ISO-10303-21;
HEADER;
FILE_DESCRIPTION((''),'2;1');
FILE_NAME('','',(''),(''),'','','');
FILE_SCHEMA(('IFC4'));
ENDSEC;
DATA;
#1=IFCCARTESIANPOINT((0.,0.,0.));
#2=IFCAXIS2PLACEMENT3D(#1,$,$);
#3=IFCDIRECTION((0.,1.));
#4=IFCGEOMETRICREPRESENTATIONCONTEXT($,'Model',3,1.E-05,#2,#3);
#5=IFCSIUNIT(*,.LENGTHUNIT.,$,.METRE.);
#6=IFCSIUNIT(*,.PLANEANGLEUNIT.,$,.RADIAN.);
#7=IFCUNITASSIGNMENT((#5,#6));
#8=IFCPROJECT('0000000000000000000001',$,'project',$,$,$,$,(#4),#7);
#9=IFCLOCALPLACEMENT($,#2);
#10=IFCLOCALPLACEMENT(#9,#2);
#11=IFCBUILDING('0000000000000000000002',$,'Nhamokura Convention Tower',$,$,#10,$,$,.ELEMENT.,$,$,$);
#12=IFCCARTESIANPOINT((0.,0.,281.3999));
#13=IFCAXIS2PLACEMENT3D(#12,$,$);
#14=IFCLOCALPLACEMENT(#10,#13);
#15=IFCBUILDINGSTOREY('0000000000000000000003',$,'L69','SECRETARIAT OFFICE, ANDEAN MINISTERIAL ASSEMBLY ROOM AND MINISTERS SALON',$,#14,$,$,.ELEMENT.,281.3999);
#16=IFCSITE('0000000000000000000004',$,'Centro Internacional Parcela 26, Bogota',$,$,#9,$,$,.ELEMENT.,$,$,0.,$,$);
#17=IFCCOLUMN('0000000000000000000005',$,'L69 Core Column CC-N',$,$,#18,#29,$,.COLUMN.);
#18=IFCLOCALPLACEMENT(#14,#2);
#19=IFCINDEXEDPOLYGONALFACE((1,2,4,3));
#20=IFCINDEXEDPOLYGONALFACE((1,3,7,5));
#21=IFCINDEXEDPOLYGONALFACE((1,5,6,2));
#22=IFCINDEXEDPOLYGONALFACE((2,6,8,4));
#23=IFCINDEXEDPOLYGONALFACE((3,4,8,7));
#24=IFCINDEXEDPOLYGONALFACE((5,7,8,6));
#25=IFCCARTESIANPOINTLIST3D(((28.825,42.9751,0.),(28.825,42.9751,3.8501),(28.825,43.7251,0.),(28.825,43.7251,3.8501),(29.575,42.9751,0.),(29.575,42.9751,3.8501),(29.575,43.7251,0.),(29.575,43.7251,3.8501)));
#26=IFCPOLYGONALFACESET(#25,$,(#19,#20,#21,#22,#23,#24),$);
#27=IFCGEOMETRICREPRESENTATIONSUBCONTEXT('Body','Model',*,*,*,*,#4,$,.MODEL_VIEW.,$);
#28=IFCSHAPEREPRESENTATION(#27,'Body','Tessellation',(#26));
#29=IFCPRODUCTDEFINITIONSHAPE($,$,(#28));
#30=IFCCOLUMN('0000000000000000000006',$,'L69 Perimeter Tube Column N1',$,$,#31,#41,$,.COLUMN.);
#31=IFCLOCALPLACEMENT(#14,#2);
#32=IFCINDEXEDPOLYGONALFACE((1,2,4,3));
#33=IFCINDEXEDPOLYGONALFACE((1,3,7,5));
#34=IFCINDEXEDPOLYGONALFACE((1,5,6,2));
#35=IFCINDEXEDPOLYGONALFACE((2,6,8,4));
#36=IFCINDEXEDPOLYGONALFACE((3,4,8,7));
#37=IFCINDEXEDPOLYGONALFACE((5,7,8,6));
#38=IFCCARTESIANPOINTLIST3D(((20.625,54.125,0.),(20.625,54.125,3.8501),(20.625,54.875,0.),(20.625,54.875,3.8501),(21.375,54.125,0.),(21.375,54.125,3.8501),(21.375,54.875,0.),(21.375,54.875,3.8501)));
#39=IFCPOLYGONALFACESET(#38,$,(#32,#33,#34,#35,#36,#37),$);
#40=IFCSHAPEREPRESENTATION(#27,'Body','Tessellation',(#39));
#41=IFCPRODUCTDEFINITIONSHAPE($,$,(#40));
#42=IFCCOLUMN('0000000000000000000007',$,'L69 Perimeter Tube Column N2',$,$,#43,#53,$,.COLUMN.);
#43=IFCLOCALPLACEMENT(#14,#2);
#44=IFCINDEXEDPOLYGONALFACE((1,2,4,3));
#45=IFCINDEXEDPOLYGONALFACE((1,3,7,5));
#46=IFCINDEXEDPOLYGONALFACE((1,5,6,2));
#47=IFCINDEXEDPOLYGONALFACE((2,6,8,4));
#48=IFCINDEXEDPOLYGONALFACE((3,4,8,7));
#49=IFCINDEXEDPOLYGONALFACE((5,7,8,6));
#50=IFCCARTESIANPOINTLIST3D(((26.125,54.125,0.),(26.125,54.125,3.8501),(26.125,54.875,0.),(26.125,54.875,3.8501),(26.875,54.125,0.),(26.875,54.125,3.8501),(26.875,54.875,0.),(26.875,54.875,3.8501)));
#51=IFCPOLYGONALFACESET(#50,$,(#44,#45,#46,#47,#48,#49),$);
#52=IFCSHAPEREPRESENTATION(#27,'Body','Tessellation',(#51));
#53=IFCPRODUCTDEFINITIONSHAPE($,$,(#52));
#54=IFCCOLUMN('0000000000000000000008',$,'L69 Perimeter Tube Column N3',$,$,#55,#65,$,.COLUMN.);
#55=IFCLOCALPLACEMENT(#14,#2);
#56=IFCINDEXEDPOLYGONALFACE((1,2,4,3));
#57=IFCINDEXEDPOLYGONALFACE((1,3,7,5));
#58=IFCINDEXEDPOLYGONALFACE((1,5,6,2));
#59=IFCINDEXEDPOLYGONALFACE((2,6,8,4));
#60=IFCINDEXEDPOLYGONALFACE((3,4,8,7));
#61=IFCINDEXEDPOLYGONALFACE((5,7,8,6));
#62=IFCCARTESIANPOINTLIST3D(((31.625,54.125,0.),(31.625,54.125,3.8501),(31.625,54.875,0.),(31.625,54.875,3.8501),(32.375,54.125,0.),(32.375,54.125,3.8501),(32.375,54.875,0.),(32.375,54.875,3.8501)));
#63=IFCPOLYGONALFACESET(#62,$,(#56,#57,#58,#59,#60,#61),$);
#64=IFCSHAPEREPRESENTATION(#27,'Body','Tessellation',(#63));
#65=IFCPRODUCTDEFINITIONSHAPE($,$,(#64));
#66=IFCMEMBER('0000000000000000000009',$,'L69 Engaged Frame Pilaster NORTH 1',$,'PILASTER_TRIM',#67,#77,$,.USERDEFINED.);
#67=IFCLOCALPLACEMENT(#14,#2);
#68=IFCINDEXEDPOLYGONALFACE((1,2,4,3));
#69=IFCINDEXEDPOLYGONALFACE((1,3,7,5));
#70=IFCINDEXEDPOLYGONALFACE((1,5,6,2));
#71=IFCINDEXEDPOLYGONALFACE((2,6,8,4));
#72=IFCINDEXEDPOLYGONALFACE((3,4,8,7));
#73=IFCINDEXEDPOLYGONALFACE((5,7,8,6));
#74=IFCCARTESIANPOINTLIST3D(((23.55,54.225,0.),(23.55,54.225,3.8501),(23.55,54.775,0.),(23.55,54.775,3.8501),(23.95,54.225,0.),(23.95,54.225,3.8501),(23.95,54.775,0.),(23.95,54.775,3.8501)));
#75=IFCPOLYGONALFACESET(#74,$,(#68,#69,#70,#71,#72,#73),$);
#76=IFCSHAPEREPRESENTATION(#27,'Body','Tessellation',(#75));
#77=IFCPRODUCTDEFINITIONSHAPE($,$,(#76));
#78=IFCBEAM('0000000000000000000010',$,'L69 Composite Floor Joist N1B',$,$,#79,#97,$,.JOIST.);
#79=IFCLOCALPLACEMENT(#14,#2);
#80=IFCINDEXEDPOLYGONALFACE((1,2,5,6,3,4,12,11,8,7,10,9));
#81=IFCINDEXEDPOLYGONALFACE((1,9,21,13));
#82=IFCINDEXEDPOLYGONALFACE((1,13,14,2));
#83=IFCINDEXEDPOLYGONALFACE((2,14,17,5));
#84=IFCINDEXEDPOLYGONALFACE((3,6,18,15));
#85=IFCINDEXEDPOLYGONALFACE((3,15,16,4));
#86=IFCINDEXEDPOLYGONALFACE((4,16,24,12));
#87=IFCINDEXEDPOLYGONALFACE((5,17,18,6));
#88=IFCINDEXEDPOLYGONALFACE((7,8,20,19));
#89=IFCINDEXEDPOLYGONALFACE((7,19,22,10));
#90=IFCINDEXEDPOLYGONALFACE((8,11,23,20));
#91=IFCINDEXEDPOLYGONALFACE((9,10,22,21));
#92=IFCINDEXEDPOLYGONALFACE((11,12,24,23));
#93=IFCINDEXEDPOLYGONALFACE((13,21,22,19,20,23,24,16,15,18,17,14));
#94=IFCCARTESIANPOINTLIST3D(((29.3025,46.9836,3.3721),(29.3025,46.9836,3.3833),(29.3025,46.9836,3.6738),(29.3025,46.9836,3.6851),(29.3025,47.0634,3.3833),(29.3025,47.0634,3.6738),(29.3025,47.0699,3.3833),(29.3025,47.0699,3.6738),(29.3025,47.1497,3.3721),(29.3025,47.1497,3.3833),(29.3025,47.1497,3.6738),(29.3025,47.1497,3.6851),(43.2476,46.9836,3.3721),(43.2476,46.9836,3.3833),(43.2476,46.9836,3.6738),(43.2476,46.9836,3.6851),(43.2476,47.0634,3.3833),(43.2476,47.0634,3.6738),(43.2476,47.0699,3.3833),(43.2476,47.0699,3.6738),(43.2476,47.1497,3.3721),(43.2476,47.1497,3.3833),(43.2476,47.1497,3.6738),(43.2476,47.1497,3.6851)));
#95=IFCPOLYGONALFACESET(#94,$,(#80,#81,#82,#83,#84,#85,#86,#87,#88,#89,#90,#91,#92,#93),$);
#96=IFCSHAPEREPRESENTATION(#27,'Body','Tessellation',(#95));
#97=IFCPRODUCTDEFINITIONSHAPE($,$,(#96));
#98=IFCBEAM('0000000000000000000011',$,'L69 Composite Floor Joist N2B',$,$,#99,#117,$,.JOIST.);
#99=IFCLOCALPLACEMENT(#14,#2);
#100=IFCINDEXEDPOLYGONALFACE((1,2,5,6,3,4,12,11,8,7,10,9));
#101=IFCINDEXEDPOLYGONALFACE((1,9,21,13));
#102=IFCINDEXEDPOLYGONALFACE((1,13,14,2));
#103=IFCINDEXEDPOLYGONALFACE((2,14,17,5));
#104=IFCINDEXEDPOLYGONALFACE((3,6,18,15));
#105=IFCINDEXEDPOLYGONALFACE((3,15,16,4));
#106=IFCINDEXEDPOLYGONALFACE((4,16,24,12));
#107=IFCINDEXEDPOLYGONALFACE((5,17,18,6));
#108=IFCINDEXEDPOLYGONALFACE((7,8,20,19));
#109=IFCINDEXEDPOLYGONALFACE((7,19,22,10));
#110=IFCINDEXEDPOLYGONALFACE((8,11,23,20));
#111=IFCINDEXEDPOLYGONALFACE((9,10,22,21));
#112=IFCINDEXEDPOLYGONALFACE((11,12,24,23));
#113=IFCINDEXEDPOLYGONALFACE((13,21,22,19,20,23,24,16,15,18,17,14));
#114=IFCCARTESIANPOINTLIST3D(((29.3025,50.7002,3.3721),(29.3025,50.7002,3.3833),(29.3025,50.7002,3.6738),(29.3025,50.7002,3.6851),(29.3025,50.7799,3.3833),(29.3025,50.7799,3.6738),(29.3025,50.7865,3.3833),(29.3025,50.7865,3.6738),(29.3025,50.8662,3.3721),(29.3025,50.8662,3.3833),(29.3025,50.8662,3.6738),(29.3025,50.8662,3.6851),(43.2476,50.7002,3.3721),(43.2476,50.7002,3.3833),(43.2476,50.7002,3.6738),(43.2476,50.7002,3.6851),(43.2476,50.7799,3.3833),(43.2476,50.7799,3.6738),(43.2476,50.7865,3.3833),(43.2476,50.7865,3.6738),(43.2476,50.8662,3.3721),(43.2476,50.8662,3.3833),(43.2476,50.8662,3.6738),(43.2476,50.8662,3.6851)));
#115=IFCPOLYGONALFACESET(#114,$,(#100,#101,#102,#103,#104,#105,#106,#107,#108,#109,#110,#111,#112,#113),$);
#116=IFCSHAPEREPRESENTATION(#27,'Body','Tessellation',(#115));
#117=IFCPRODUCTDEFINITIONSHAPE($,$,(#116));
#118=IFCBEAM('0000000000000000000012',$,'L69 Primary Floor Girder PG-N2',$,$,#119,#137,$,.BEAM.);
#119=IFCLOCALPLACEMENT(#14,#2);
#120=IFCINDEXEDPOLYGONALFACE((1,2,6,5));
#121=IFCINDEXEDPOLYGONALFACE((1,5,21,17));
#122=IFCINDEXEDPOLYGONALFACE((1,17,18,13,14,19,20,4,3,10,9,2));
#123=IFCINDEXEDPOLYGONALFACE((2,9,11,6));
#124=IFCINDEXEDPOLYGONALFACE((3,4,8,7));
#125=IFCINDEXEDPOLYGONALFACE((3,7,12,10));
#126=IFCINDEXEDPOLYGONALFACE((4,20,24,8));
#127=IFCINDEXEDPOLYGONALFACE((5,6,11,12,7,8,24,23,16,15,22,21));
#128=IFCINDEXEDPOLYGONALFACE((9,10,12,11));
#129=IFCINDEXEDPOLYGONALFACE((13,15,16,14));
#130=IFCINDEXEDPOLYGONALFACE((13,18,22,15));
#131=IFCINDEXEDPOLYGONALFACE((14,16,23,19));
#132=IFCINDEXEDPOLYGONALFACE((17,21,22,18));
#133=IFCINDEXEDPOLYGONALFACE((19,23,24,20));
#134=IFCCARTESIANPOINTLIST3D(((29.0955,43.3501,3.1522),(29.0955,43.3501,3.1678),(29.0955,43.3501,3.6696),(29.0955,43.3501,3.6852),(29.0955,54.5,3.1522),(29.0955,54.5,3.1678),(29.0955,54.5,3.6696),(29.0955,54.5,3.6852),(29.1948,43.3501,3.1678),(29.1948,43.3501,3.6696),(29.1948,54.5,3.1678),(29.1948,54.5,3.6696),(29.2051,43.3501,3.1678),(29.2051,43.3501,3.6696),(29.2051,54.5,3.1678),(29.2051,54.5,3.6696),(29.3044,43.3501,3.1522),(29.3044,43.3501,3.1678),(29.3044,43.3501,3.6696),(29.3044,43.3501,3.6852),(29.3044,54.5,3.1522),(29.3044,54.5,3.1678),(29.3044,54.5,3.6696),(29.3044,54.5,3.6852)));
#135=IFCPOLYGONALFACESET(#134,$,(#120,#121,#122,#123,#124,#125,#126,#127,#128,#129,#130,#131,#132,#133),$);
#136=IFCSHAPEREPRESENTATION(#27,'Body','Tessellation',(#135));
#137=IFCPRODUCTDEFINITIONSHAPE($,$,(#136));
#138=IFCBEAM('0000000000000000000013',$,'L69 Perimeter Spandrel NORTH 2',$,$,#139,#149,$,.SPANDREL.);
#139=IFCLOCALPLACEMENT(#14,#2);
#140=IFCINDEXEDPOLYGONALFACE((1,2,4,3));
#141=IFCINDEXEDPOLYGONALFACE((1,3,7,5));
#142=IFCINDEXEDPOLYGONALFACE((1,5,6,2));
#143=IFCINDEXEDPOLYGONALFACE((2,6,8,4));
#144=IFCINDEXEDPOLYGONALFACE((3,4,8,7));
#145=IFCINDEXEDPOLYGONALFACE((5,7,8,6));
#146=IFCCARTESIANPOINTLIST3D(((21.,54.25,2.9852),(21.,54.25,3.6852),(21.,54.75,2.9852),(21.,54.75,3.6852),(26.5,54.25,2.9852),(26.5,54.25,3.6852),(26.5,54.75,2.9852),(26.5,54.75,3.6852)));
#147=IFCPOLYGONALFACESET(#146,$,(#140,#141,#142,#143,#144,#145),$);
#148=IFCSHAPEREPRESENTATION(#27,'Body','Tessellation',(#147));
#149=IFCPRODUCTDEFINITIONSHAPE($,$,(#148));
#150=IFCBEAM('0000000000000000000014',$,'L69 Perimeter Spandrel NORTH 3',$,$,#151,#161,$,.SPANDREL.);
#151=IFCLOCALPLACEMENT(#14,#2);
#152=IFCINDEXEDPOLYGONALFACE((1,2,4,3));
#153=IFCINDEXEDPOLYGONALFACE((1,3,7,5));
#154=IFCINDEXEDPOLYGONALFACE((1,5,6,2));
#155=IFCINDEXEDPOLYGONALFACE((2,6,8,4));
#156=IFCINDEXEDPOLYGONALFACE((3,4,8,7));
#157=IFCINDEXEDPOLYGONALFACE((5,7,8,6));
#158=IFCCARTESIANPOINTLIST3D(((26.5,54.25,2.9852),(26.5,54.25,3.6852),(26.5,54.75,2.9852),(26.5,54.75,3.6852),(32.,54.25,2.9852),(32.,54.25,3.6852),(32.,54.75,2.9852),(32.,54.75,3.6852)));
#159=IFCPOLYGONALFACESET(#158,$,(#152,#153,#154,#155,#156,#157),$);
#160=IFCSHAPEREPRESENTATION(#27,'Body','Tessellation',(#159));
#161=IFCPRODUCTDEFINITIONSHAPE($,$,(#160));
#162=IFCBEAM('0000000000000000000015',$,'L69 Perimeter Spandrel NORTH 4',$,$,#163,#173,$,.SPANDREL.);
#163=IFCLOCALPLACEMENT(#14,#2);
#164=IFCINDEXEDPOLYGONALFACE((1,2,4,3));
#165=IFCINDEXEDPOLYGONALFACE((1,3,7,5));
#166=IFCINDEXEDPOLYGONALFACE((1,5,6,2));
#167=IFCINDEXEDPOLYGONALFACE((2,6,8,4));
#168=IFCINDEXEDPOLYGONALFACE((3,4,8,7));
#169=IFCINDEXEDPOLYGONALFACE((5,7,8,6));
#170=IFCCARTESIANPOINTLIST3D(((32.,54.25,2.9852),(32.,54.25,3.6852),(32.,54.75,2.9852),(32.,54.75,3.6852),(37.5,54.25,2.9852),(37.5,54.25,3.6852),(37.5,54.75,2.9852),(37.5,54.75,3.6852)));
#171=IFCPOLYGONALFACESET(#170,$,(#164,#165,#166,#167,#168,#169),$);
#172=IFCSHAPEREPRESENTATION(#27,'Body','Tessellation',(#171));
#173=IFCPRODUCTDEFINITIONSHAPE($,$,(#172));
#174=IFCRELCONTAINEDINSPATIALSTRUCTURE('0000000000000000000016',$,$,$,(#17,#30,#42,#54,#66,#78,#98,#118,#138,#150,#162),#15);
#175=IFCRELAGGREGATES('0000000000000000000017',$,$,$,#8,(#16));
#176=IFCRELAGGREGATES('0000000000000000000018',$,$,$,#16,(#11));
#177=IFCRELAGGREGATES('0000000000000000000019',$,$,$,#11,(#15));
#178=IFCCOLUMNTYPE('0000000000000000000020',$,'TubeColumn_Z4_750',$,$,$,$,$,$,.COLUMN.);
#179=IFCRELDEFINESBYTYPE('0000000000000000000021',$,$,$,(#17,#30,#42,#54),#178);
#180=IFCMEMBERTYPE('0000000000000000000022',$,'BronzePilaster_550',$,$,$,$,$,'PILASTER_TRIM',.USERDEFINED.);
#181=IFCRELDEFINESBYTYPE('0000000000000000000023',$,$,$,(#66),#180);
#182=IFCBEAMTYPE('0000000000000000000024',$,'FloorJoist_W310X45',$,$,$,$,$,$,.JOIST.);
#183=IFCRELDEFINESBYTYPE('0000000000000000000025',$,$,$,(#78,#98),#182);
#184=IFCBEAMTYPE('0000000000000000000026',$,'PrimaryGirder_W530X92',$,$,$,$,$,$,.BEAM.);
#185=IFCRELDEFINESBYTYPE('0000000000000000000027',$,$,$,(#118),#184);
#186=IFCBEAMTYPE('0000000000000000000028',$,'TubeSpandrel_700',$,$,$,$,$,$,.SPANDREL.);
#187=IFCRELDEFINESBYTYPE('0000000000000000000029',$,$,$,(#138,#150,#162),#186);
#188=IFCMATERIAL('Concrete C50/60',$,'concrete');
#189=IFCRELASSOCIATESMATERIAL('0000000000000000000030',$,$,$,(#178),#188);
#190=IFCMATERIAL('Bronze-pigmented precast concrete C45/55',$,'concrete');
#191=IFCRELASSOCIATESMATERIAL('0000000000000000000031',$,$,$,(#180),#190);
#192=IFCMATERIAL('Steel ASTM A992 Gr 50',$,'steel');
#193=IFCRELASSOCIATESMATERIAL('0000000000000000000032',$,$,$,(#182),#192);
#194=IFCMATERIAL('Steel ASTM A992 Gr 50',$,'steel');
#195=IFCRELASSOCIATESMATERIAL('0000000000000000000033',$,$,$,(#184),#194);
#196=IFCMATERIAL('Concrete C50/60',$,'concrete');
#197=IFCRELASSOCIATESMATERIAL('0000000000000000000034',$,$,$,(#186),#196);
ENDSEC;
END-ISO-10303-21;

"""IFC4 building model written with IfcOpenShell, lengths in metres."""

from ifc_helpers import new_model, si_unit, direction, frame, origin, origin_2d, place, context, subcontext, project, spatial, rectangle, i_section, extrude, material, material_profile, profile_set, type_object, element, save


model = new_model("IFC4")

# Units and contexts
model_context = context("Model", 3, precision=1e-05, world=origin(), true_north=direction((0.0, 1.0)))
body_context = subcontext(model_context, "Body", "Model", "MODEL_VIEW")
ifc_project = project(units=[si_unit("LENGTHUNIT", "METRE"), si_unit("PLANEANGLEUNIT", "RADIAN")], contexts=[model_context])

# Site, building, storey
site_placement = place(None, origin())
site = spatial("IfcSite", under=ifc_project, at=site_placement, Name="Centro Internacional Parcela 26, Bogota", CompositionType="ELEMENT", RefElevation=0.0)
building_placement = place(site_placement, origin())
building = spatial("IfcBuilding", under=site, at=building_placement, Name="Nhamokura Convention Tower", CompositionType="ELEMENT")
storey_placement = place(building_placement, frame((0.0, 0.0, 281.3999)))
storey = spatial("IfcBuildingStorey", under=building, at=storey_placement, Name="L69", Description="SECRETARIAT OFFICE, ANDEAN MINISTERIAL ASSEMBLY ROOM AND MINISTERS SALON", CompositionType="ELEMENT", Elevation=281.3999)

# Columns
ifc_material_1 = material(Name="Concrete C50/60", Category="concrete")
ifc_material_profile_1 = material_profile(ifc_material_1, rectangle(XDim=0.75, YDim=0.75, at=origin_2d()))
ifc_profile_set_1 = profile_set([ifc_material_profile_1], Name="Concrete C50/60")
column_type = type_object("IfcColumnType", Name="TubeColumn_Z4_750", PredefinedType="COLUMN", material=ifc_profile_set_1)
for number, where, z_axis, x_axis, name in (
    (1, (29.2, 43.3501, 0.0), (0.0, 0.0, 1.0), (1.0, 0.0, 0.0), "L69 Core Column CC-N"),
    (2, (21.0, 54.5, 0.0), (0.0, 0.0, 1.0), (1.0, 0.0, 0.0), "L69 Perimeter Tube Column N1"),
    (3, (26.5, 54.5, 0.0), (0.0, 0.0, 1.0), (1.0, 0.0, 0.0), "L69 Perimeter Tube Column N2"),
    (4, (32.0, 54.5, 0.0), (0.0, 0.0, 1.0), (1.0, 0.0, 0.0), "L69 Perimeter Tube Column N3"),
):
    element("IfcColumn", number, at=place(storey_placement, frame(where, z_axis=z_axis, x_axis=x_axis)), inside=storey, type_object=column_type, Name=name, PredefinedType="COLUMN", context=body_context, shape_type="SweptSolid", body=[
        extrude(rectangle(XDim=0.75, YDim=0.75, at=origin_2d()), origin(), (0.0, 0.0, 1.0), 3.8501),
    ])

# Member
ifc_material_2 = material(Name="Bronze-pigmented precast concrete C45/55", Category="concrete")
ifc_material_profile_2 = material_profile(ifc_material_2, rectangle(XDim=0.3999, YDim=0.55, at=origin_2d()))
ifc_profile_set_2 = profile_set([ifc_material_profile_2], Name="Bronze-pigmented precast concrete C45/55")
member_type = type_object("IfcMemberType", Name="BronzePilaster_550", ElementType="PILASTER_TRIM", PredefinedType="USERDEFINED", material=ifc_profile_set_2)
member_placement = place(storey_placement, frame((23.75, 54.5, 0.0), z_axis=(0.0, 0.0, 1.0), x_axis=(1.0, 0.0, 0.0)))
element("IfcMember", 5, at=member_placement, inside=storey, type_object=member_type, Name="L69 Engaged Frame Pilaster NORTH 1", ObjectType="PILASTER_TRIM", PredefinedType="USERDEFINED", context=body_context, shape_type="SweptSolid", body=[
    extrude(rectangle(XDim=0.3999, YDim=0.55, at=origin_2d()), origin(), (0.0, 0.0, 1.0), 3.8501),
])

# Beams
ifc_material_3 = material(Name="Steel ASTM A992 Gr 50", Category="steel")
ifc_material_profile_3 = material_profile(ifc_material_3, i_section(OverallWidth=0.166, OverallDepth=0.313, WebThickness=0.0066, FlangeThickness=0.0112, at=origin_2d()))
ifc_profile_set_3 = profile_set([ifc_material_profile_3], Name="Steel ASTM A992 Gr 50")
beam_type_1 = type_object("IfcBeamType", Name="FloorJoist_W310X45", PredefinedType="JOIST", material=ifc_profile_set_3)
for number, where, z_axis, x_axis, name in (
    (6, (29.3025, 47.0667, 3.5286), (1.0, 0.0, 0.0), (0.0, 1.0, 0.0), "L69 Composite Floor Joist N1B"),
    (7, (29.3025, 50.7832, 3.5286), (1.0, 0.0, 0.0), (0.0, 1.0, 0.0), "L69 Composite Floor Joist N2B"),
):
    element("IfcBeam", number, at=place(storey_placement, frame(where, z_axis=z_axis, x_axis=x_axis)), inside=storey, type_object=beam_type_1, Name=name, PredefinedType="JOIST", context=body_context, shape_type="SweptSolid", body=[
        extrude(i_section(OverallWidth=0.166, OverallDepth=0.313, WebThickness=0.0066, FlangeThickness=0.0112, at=origin_2d()), origin(), (0.0, 0.0, 1.0), 13.9451),
    ])
ifc_material_4 = material(Name="Steel ASTM A992 Gr 50", Category="steel")
ifc_material_profile_4 = material_profile(ifc_material_4, i_section(OverallWidth=0.209, OverallDepth=0.533, WebThickness=0.0103, FlangeThickness=0.0156, at=origin_2d()))
ifc_profile_set_4 = profile_set([ifc_material_profile_4], Name="Steel ASTM A992 Gr 50")
beam_type_2 = type_object("IfcBeamType", Name="PrimaryGirder_W530X92", PredefinedType="BEAM", material=ifc_profile_set_4)
beam_placement = place(storey_placement, frame((29.2, 43.3501, 3.4187), z_axis=(0.0, 1.0, 0.0), x_axis=(-1.0, 0.0, 0.0)))
element("IfcBeam", 8, at=beam_placement, inside=storey, type_object=beam_type_2, Name="L69 Primary Floor Girder PG-N2", PredefinedType="BEAM", context=body_context, shape_type="SweptSolid", body=[
    extrude(i_section(OverallWidth=0.209, OverallDepth=0.533, WebThickness=0.0103, FlangeThickness=0.0156, at=origin_2d()), origin(), (0.0, 0.0, 1.0), 11.1499),
])
ifc_material_5 = material(Name="Concrete C50/60", Category="concrete")
ifc_material_profile_5 = material_profile(ifc_material_5, rectangle(XDim=0.5, YDim=0.7, at=origin_2d()))
ifc_profile_set_5 = profile_set([ifc_material_profile_5], Name="Concrete C50/60")
beam_type_3 = type_object("IfcBeamType", Name="TubeSpandrel_700", PredefinedType="SPANDREL", material=ifc_profile_set_5)
for number, where, z_axis, x_axis, name in (
    (9, (21.0, 54.5, 3.3352), (1.0, 0.0, 0.0), (0.0, 1.0, 0.0), "L69 Perimeter Spandrel NORTH 2"),
    (10, (26.5, 54.5, 3.3352), (1.0, 0.0, 0.0), (0.0, 1.0, 0.0), "L69 Perimeter Spandrel NORTH 3"),
    (11, (32.0, 54.5, 3.3352), (1.0, 0.0, 0.0), (0.0, 1.0, 0.0), "L69 Perimeter Spandrel NORTH 4"),
):
    element("IfcBeam", number, at=place(storey_placement, frame(where, z_axis=z_axis, x_axis=x_axis)), inside=storey, type_object=beam_type_3, Name=name, PredefinedType="SPANDREL", context=body_context, shape_type="SweptSolid", body=[
        extrude(rectangle(XDim=0.5, YDim=0.7, at=origin_2d()), origin(), (0.0, 0.0, 1.0), 5.5),
    ])

save(model, "model.ifc")
